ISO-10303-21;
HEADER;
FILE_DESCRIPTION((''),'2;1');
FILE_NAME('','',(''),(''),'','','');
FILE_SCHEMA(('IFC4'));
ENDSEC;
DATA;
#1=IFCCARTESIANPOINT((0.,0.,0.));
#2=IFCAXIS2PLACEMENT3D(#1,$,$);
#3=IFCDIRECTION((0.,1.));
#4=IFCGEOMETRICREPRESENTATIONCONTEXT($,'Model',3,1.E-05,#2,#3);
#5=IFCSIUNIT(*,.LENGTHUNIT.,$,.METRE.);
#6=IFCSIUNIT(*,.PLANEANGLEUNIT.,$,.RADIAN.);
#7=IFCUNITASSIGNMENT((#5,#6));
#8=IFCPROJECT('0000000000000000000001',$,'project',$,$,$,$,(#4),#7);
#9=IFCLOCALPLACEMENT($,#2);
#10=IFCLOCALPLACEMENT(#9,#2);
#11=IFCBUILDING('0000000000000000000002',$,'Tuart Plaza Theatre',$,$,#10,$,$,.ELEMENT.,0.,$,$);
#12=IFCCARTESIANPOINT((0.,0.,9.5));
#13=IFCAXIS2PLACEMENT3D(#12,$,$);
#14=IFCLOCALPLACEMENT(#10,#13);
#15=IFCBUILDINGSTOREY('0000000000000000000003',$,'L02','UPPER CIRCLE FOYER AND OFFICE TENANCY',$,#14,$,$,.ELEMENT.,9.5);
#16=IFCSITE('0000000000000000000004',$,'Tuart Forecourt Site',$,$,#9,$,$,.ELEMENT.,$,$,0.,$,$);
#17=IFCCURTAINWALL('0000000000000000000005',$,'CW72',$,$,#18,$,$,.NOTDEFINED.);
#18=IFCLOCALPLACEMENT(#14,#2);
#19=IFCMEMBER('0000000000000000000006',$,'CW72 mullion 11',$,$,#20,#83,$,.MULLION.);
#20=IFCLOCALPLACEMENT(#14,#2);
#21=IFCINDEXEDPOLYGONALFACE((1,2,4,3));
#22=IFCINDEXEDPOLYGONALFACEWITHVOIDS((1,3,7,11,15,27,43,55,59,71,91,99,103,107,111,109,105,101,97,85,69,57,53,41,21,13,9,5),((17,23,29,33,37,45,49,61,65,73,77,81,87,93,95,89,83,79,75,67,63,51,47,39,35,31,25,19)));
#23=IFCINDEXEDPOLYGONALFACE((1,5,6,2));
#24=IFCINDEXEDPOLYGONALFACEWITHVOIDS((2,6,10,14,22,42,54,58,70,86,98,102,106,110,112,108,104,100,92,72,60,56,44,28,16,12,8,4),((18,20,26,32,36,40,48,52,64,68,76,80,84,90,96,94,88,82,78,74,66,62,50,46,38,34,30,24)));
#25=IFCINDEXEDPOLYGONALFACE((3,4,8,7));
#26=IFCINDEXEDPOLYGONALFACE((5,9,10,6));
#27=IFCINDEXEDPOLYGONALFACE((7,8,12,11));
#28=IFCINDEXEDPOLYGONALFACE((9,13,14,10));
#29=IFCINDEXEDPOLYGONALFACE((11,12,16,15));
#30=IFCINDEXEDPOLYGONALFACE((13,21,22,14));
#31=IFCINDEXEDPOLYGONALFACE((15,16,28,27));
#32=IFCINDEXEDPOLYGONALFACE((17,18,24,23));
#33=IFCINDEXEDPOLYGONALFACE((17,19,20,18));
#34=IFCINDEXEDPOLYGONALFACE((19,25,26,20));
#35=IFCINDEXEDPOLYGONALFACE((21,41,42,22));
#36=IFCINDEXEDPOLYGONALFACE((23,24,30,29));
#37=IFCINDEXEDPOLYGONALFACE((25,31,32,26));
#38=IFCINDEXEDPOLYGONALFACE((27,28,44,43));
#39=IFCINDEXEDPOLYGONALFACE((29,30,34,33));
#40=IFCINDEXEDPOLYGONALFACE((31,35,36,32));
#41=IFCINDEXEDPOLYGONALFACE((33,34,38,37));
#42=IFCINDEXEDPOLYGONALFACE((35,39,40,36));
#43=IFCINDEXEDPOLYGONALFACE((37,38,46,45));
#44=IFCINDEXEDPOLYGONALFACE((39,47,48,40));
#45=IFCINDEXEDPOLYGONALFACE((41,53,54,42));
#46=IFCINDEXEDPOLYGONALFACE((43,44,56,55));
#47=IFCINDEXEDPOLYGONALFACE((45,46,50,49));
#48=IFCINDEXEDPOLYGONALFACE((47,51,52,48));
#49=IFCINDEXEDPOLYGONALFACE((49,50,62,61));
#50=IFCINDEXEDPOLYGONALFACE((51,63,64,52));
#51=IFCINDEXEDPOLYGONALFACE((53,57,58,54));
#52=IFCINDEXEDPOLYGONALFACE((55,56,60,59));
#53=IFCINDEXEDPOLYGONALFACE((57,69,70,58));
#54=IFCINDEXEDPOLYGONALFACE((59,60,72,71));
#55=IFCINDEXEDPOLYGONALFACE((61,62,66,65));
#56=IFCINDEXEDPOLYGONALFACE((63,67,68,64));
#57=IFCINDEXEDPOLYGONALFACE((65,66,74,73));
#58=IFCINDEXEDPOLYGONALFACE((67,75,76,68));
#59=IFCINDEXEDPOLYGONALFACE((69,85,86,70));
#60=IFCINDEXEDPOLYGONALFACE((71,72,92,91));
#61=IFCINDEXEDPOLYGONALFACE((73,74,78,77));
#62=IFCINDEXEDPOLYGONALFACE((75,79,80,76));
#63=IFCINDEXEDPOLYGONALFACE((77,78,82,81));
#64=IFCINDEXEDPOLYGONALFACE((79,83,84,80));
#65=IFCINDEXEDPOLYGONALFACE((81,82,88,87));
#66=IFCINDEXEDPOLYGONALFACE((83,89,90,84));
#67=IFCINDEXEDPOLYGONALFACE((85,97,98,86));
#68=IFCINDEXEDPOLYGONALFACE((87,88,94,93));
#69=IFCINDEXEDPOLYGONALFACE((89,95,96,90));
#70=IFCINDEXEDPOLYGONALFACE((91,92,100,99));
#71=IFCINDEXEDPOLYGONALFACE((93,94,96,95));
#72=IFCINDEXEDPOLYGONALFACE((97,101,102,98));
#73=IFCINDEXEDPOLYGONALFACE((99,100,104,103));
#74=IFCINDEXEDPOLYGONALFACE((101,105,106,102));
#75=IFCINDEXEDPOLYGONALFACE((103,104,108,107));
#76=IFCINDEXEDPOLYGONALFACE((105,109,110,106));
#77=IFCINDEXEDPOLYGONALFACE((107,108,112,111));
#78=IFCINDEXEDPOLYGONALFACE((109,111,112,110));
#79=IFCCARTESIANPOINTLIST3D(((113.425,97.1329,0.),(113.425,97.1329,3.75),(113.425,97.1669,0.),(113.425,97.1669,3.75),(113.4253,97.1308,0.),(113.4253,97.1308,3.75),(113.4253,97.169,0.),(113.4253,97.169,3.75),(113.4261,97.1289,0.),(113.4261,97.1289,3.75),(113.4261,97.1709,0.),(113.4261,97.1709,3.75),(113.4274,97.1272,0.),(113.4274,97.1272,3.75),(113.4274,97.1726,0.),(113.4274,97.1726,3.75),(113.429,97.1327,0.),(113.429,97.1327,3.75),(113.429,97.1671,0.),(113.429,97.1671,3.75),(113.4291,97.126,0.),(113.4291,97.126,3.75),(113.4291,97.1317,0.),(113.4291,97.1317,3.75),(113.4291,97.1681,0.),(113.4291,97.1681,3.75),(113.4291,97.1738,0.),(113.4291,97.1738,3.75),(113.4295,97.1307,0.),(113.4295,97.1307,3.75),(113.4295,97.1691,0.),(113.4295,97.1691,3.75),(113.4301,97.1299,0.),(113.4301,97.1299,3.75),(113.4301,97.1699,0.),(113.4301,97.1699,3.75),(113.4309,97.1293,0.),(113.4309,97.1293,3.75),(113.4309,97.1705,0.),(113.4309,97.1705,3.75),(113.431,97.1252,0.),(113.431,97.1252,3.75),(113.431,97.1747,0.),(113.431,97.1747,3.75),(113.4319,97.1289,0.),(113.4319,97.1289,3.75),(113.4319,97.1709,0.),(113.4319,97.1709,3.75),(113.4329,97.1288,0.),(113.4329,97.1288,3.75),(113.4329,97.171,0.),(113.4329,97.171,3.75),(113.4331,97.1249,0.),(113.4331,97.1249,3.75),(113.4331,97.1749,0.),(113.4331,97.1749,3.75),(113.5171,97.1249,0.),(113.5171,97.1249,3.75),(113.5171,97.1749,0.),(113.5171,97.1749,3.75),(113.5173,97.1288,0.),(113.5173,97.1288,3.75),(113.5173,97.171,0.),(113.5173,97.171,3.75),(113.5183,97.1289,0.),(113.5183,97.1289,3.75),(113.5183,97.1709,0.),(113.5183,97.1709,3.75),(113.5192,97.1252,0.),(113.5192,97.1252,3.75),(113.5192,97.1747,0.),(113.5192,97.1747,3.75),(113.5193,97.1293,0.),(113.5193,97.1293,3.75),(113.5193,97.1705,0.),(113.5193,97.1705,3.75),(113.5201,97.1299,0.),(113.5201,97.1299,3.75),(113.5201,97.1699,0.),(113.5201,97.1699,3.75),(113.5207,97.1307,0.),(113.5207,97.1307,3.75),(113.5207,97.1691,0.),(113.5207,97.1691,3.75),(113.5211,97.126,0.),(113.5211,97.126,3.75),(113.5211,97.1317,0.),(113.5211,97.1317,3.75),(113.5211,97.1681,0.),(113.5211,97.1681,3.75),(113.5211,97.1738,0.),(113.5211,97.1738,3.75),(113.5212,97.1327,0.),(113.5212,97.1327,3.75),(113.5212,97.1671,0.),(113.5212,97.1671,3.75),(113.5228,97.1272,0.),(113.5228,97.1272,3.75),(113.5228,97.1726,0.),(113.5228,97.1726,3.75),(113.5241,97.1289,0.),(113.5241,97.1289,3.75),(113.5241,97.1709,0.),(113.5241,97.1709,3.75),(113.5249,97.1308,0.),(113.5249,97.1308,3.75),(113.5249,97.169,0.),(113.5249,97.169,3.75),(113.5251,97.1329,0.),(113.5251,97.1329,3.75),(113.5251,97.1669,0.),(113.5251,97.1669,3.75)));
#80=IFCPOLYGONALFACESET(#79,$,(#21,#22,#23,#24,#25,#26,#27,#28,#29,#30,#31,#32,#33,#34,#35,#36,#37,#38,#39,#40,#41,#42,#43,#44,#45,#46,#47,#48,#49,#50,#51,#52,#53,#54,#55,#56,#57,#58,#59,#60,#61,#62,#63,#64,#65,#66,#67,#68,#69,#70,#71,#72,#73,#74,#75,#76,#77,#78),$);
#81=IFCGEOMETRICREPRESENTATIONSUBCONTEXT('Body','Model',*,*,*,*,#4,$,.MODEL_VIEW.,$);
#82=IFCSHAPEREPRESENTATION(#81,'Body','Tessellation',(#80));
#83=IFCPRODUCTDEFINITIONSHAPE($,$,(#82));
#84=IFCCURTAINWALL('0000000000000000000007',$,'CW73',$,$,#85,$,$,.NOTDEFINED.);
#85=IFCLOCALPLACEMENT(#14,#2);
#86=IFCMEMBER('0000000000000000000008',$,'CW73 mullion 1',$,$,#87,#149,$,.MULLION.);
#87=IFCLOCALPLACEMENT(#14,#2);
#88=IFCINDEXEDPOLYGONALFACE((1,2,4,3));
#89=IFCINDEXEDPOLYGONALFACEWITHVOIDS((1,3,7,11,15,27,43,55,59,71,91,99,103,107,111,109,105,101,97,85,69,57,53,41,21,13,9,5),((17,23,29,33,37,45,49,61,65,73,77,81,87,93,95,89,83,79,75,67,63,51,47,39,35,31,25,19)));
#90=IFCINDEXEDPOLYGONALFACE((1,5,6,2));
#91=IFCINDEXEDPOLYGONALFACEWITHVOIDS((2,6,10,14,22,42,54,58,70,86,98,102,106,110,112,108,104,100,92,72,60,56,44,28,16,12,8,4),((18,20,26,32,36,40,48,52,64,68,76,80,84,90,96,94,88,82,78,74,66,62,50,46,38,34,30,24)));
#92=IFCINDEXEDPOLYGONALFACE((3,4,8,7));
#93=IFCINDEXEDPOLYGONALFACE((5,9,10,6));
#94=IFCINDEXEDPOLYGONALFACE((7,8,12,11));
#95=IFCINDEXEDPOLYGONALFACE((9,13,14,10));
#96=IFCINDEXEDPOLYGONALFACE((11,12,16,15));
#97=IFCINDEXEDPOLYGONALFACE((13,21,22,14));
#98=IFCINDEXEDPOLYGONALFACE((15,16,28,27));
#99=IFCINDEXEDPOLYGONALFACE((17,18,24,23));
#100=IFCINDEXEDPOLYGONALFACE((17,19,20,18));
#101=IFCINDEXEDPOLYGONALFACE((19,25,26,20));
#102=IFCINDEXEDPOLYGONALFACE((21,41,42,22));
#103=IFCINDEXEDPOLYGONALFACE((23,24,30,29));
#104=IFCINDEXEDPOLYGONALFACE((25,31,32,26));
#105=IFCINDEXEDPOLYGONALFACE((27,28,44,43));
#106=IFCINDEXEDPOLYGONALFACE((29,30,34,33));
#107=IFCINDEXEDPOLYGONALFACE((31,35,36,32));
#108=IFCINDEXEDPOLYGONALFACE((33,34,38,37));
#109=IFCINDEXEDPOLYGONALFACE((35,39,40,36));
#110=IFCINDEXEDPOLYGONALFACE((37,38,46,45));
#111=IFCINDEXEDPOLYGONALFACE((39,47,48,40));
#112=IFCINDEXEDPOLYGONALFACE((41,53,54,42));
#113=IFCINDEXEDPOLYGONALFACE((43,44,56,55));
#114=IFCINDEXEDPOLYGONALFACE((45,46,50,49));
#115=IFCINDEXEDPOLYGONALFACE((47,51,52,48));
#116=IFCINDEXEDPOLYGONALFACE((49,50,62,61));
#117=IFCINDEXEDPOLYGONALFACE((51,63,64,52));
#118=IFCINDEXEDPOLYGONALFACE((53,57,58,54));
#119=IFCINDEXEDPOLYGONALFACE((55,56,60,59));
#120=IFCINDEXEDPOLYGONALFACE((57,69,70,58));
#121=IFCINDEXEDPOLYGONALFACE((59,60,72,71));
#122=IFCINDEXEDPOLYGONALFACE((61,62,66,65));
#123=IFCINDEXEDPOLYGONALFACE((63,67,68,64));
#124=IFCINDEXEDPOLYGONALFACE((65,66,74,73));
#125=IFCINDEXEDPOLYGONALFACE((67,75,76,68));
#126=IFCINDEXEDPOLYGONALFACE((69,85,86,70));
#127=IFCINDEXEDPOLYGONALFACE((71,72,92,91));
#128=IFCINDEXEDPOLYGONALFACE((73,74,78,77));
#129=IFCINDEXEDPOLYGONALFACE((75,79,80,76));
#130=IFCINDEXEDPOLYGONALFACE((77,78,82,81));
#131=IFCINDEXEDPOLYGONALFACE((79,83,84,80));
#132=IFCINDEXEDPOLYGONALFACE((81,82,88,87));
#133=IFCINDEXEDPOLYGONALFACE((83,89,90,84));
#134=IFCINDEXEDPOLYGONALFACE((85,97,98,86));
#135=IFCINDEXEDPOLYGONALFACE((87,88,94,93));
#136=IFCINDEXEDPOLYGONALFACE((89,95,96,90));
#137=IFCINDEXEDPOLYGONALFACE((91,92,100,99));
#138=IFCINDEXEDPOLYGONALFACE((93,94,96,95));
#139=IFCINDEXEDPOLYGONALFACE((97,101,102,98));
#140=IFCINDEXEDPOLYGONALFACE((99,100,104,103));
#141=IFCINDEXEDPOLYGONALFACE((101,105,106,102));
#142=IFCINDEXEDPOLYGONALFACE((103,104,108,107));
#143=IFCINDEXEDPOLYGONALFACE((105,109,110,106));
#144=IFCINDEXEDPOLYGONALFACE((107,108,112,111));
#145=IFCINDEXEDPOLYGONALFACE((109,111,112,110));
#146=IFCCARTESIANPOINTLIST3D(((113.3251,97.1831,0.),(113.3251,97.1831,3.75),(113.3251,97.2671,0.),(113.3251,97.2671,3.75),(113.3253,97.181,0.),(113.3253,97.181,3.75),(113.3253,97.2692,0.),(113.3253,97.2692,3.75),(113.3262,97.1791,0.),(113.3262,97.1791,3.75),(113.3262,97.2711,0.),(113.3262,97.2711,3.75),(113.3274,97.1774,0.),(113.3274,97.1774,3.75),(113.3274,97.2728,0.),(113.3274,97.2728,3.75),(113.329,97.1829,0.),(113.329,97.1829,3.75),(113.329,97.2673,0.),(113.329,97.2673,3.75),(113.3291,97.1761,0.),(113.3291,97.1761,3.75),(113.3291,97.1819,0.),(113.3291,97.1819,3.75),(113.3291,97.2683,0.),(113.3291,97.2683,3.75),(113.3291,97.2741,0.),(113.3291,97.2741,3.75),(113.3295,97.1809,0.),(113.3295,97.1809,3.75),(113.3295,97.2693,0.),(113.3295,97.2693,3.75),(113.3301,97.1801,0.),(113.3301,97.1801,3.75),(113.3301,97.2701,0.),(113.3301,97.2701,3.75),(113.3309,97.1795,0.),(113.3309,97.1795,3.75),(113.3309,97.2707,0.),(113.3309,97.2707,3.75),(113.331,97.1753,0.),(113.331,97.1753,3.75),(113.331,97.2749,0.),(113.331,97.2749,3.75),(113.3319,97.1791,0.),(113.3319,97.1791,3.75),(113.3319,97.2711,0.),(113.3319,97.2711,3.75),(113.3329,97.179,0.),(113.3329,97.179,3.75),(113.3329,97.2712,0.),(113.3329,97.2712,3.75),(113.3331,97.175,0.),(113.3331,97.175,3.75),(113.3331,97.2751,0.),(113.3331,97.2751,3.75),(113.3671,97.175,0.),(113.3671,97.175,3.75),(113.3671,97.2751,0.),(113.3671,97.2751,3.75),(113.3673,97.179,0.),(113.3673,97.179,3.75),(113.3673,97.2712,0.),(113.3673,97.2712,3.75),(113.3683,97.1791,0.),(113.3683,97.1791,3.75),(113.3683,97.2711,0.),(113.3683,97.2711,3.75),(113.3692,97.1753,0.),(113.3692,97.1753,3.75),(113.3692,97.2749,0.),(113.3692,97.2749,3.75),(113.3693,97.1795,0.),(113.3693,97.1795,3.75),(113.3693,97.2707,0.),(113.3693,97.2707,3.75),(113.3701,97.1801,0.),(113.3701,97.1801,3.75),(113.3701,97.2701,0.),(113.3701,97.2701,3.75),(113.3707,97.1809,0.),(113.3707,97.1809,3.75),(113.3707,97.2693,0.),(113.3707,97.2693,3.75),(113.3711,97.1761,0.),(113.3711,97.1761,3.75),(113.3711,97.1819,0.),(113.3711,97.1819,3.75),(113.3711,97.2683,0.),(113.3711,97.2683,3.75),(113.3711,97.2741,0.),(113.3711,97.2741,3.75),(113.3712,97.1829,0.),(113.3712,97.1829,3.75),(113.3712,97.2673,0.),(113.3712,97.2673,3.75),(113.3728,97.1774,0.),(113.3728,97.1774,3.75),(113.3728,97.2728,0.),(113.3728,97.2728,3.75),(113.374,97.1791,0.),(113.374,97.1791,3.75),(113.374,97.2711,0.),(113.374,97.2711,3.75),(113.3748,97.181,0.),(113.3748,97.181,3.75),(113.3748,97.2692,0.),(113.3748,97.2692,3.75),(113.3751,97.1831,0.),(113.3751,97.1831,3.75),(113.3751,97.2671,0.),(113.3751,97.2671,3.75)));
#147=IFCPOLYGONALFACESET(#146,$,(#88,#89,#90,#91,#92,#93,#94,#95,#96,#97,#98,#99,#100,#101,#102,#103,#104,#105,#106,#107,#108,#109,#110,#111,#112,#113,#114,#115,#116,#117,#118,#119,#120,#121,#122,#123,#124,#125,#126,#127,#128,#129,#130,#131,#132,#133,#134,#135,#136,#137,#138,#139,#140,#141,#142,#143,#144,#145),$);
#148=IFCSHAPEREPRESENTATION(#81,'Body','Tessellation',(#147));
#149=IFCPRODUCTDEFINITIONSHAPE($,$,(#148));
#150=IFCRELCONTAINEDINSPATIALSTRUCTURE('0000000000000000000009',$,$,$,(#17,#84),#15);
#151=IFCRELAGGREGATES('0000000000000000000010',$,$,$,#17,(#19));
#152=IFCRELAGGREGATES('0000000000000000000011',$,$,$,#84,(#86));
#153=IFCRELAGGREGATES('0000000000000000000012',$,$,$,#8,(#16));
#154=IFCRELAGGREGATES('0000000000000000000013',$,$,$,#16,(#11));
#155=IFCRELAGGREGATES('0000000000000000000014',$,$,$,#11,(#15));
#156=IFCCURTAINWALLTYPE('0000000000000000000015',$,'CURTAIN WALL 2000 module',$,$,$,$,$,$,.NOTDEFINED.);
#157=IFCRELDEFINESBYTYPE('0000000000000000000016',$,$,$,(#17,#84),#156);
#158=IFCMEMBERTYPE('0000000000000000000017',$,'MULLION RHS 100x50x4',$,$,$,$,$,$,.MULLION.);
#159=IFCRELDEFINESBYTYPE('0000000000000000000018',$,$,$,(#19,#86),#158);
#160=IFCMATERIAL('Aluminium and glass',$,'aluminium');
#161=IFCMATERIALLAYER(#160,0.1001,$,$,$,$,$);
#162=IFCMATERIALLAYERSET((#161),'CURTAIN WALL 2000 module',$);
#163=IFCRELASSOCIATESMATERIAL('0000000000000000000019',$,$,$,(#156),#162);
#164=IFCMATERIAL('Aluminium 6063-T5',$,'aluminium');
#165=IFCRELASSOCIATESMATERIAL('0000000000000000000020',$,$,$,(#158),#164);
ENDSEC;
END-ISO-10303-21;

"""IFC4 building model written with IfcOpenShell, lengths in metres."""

from ifc_helpers import new_model, si_unit, direction, frame, origin, origin_2d, place, context, subcontext, project, spatial, hollow_rectangle, extrude, material, layer, layer_set, material_profile, profile_set, type_object, element, aggregate, save


model = new_model("IFC4")

# Units and contexts
model_context = context("Model", 3, precision=1e-05, world=origin(), true_north=direction((0.0, 1.0)))
body_context = subcontext(model_context, "Body", "Model", "MODEL_VIEW")
ifc_project = project(units=[si_unit("LENGTHUNIT", "METRE"), si_unit("PLANEANGLEUNIT", "RADIAN")], contexts=[model_context])

# Site, building, storey
site_placement = place(None, origin())
site = spatial("IfcSite", under=ifc_project, at=site_placement, Name="Tuart Forecourt Site", CompositionType="ELEMENT", RefElevation=0.0)
building_placement = place(site_placement, origin())
building = spatial("IfcBuilding", under=site, at=building_placement, Name="Tuart Plaza Theatre", CompositionType="ELEMENT", ElevationOfRefHeight=0.0)
storey_placement = place(building_placement, frame((0.0, 0.0, 9.5)))
storey = spatial("IfcBuildingStorey", under=building, at=storey_placement, Name="L02", Description="UPPER CIRCLE FOYER AND OFFICE TENANCY", CompositionType="ELEMENT", Elevation=9.5)

# Curtain wall, member
ifc_material_1 = material(Name="Aluminium and glass", Category="aluminium")
ifc_layer_1 = layer(ifc_material_1, 0.1001)
ifc_layer_set_1 = layer_set([ifc_layer_1], Name="CURTAIN WALL 2000 module")
curtain_wall_type = type_object("IfcCurtainWallType", Name="CURTAIN WALL 2000 module", PredefinedType="NOTDEFINED", material=ifc_layer_set_1)
curtain_wall_1_placement = place(storey_placement, origin())
curtain_wall_1 = element("IfcCurtainWall", 1, at=curtain_wall_1_placement, inside=storey, type_object=curtain_wall_type, Name="CW72", PredefinedType="NOTDEFINED")
ifc_material_2 = material(Name="Aluminium 6063-T5", Category="aluminium")
ifc_material_profile_1 = material_profile(ifc_material_2, hollow_rectangle(XDim=0.05, YDim=0.1001, WallThickness=0.0039, InnerFilletRadius=0.0039, OuterFilletRadius=0.0081, at=origin_2d()), Name="RHS 100x50x4")
ifc_profile_set_1 = profile_set([ifc_material_profile_1], Name="Aluminium 6063-T5")
member_type_1 = type_object("IfcMemberType", Name="MULLION RHS 100x50x4", PredefinedType="MULLION", material=ifc_profile_set_1)
member_1_placement = place(storey_placement, frame((113.4751, 97.1499, 0.0), z_axis=(0.0, 0.0, 1.0), x_axis=(0.0, -1.0, 0.0)))
member_1 = element("IfcMember", 2, at=member_1_placement, type_object=member_type_1, Name="CW72 mullion 11", PredefinedType="MULLION", context=body_context, shape_type="SweptSolid", body=[
    extrude(hollow_rectangle(XDim=0.05, YDim=0.1001, WallThickness=0.0039, InnerFilletRadius=0.0039, OuterFilletRadius=0.0081, at=origin_2d()), origin(), (0.0, 0.0, 1.0), 3.75),
])

# Curtain wall, member
curtain_wall_2_placement = place(storey_placement, origin())
curtain_wall_2 = element("IfcCurtainWall", 3, at=curtain_wall_2_placement, inside=storey, type_object=curtain_wall_type, Name="CW73", PredefinedType="NOTDEFINED")
member_2_placement = place(storey_placement, frame((113.3501, 97.2251, 0.0), z_axis=(0.0, 0.0, 1.0), x_axis=(1.0, 0.0, 0.0)))
member_2 = element("IfcMember", 4, at=member_2_placement, type_object=member_type_1, Name="CW73 mullion 1", PredefinedType="MULLION", context=body_context, shape_type="SweptSolid", body=[
    extrude(hollow_rectangle(XDim=0.05, YDim=0.1001, WallThickness=0.0039, InnerFilletRadius=0.0039, OuterFilletRadius=0.0081, at=origin_2d()), origin(), (0.0, 0.0, 1.0), 3.75),
])

aggregate(curtain_wall_1, [member_1])
aggregate(curtain_wall_2, [member_2])

save(model, "model.ifc")
